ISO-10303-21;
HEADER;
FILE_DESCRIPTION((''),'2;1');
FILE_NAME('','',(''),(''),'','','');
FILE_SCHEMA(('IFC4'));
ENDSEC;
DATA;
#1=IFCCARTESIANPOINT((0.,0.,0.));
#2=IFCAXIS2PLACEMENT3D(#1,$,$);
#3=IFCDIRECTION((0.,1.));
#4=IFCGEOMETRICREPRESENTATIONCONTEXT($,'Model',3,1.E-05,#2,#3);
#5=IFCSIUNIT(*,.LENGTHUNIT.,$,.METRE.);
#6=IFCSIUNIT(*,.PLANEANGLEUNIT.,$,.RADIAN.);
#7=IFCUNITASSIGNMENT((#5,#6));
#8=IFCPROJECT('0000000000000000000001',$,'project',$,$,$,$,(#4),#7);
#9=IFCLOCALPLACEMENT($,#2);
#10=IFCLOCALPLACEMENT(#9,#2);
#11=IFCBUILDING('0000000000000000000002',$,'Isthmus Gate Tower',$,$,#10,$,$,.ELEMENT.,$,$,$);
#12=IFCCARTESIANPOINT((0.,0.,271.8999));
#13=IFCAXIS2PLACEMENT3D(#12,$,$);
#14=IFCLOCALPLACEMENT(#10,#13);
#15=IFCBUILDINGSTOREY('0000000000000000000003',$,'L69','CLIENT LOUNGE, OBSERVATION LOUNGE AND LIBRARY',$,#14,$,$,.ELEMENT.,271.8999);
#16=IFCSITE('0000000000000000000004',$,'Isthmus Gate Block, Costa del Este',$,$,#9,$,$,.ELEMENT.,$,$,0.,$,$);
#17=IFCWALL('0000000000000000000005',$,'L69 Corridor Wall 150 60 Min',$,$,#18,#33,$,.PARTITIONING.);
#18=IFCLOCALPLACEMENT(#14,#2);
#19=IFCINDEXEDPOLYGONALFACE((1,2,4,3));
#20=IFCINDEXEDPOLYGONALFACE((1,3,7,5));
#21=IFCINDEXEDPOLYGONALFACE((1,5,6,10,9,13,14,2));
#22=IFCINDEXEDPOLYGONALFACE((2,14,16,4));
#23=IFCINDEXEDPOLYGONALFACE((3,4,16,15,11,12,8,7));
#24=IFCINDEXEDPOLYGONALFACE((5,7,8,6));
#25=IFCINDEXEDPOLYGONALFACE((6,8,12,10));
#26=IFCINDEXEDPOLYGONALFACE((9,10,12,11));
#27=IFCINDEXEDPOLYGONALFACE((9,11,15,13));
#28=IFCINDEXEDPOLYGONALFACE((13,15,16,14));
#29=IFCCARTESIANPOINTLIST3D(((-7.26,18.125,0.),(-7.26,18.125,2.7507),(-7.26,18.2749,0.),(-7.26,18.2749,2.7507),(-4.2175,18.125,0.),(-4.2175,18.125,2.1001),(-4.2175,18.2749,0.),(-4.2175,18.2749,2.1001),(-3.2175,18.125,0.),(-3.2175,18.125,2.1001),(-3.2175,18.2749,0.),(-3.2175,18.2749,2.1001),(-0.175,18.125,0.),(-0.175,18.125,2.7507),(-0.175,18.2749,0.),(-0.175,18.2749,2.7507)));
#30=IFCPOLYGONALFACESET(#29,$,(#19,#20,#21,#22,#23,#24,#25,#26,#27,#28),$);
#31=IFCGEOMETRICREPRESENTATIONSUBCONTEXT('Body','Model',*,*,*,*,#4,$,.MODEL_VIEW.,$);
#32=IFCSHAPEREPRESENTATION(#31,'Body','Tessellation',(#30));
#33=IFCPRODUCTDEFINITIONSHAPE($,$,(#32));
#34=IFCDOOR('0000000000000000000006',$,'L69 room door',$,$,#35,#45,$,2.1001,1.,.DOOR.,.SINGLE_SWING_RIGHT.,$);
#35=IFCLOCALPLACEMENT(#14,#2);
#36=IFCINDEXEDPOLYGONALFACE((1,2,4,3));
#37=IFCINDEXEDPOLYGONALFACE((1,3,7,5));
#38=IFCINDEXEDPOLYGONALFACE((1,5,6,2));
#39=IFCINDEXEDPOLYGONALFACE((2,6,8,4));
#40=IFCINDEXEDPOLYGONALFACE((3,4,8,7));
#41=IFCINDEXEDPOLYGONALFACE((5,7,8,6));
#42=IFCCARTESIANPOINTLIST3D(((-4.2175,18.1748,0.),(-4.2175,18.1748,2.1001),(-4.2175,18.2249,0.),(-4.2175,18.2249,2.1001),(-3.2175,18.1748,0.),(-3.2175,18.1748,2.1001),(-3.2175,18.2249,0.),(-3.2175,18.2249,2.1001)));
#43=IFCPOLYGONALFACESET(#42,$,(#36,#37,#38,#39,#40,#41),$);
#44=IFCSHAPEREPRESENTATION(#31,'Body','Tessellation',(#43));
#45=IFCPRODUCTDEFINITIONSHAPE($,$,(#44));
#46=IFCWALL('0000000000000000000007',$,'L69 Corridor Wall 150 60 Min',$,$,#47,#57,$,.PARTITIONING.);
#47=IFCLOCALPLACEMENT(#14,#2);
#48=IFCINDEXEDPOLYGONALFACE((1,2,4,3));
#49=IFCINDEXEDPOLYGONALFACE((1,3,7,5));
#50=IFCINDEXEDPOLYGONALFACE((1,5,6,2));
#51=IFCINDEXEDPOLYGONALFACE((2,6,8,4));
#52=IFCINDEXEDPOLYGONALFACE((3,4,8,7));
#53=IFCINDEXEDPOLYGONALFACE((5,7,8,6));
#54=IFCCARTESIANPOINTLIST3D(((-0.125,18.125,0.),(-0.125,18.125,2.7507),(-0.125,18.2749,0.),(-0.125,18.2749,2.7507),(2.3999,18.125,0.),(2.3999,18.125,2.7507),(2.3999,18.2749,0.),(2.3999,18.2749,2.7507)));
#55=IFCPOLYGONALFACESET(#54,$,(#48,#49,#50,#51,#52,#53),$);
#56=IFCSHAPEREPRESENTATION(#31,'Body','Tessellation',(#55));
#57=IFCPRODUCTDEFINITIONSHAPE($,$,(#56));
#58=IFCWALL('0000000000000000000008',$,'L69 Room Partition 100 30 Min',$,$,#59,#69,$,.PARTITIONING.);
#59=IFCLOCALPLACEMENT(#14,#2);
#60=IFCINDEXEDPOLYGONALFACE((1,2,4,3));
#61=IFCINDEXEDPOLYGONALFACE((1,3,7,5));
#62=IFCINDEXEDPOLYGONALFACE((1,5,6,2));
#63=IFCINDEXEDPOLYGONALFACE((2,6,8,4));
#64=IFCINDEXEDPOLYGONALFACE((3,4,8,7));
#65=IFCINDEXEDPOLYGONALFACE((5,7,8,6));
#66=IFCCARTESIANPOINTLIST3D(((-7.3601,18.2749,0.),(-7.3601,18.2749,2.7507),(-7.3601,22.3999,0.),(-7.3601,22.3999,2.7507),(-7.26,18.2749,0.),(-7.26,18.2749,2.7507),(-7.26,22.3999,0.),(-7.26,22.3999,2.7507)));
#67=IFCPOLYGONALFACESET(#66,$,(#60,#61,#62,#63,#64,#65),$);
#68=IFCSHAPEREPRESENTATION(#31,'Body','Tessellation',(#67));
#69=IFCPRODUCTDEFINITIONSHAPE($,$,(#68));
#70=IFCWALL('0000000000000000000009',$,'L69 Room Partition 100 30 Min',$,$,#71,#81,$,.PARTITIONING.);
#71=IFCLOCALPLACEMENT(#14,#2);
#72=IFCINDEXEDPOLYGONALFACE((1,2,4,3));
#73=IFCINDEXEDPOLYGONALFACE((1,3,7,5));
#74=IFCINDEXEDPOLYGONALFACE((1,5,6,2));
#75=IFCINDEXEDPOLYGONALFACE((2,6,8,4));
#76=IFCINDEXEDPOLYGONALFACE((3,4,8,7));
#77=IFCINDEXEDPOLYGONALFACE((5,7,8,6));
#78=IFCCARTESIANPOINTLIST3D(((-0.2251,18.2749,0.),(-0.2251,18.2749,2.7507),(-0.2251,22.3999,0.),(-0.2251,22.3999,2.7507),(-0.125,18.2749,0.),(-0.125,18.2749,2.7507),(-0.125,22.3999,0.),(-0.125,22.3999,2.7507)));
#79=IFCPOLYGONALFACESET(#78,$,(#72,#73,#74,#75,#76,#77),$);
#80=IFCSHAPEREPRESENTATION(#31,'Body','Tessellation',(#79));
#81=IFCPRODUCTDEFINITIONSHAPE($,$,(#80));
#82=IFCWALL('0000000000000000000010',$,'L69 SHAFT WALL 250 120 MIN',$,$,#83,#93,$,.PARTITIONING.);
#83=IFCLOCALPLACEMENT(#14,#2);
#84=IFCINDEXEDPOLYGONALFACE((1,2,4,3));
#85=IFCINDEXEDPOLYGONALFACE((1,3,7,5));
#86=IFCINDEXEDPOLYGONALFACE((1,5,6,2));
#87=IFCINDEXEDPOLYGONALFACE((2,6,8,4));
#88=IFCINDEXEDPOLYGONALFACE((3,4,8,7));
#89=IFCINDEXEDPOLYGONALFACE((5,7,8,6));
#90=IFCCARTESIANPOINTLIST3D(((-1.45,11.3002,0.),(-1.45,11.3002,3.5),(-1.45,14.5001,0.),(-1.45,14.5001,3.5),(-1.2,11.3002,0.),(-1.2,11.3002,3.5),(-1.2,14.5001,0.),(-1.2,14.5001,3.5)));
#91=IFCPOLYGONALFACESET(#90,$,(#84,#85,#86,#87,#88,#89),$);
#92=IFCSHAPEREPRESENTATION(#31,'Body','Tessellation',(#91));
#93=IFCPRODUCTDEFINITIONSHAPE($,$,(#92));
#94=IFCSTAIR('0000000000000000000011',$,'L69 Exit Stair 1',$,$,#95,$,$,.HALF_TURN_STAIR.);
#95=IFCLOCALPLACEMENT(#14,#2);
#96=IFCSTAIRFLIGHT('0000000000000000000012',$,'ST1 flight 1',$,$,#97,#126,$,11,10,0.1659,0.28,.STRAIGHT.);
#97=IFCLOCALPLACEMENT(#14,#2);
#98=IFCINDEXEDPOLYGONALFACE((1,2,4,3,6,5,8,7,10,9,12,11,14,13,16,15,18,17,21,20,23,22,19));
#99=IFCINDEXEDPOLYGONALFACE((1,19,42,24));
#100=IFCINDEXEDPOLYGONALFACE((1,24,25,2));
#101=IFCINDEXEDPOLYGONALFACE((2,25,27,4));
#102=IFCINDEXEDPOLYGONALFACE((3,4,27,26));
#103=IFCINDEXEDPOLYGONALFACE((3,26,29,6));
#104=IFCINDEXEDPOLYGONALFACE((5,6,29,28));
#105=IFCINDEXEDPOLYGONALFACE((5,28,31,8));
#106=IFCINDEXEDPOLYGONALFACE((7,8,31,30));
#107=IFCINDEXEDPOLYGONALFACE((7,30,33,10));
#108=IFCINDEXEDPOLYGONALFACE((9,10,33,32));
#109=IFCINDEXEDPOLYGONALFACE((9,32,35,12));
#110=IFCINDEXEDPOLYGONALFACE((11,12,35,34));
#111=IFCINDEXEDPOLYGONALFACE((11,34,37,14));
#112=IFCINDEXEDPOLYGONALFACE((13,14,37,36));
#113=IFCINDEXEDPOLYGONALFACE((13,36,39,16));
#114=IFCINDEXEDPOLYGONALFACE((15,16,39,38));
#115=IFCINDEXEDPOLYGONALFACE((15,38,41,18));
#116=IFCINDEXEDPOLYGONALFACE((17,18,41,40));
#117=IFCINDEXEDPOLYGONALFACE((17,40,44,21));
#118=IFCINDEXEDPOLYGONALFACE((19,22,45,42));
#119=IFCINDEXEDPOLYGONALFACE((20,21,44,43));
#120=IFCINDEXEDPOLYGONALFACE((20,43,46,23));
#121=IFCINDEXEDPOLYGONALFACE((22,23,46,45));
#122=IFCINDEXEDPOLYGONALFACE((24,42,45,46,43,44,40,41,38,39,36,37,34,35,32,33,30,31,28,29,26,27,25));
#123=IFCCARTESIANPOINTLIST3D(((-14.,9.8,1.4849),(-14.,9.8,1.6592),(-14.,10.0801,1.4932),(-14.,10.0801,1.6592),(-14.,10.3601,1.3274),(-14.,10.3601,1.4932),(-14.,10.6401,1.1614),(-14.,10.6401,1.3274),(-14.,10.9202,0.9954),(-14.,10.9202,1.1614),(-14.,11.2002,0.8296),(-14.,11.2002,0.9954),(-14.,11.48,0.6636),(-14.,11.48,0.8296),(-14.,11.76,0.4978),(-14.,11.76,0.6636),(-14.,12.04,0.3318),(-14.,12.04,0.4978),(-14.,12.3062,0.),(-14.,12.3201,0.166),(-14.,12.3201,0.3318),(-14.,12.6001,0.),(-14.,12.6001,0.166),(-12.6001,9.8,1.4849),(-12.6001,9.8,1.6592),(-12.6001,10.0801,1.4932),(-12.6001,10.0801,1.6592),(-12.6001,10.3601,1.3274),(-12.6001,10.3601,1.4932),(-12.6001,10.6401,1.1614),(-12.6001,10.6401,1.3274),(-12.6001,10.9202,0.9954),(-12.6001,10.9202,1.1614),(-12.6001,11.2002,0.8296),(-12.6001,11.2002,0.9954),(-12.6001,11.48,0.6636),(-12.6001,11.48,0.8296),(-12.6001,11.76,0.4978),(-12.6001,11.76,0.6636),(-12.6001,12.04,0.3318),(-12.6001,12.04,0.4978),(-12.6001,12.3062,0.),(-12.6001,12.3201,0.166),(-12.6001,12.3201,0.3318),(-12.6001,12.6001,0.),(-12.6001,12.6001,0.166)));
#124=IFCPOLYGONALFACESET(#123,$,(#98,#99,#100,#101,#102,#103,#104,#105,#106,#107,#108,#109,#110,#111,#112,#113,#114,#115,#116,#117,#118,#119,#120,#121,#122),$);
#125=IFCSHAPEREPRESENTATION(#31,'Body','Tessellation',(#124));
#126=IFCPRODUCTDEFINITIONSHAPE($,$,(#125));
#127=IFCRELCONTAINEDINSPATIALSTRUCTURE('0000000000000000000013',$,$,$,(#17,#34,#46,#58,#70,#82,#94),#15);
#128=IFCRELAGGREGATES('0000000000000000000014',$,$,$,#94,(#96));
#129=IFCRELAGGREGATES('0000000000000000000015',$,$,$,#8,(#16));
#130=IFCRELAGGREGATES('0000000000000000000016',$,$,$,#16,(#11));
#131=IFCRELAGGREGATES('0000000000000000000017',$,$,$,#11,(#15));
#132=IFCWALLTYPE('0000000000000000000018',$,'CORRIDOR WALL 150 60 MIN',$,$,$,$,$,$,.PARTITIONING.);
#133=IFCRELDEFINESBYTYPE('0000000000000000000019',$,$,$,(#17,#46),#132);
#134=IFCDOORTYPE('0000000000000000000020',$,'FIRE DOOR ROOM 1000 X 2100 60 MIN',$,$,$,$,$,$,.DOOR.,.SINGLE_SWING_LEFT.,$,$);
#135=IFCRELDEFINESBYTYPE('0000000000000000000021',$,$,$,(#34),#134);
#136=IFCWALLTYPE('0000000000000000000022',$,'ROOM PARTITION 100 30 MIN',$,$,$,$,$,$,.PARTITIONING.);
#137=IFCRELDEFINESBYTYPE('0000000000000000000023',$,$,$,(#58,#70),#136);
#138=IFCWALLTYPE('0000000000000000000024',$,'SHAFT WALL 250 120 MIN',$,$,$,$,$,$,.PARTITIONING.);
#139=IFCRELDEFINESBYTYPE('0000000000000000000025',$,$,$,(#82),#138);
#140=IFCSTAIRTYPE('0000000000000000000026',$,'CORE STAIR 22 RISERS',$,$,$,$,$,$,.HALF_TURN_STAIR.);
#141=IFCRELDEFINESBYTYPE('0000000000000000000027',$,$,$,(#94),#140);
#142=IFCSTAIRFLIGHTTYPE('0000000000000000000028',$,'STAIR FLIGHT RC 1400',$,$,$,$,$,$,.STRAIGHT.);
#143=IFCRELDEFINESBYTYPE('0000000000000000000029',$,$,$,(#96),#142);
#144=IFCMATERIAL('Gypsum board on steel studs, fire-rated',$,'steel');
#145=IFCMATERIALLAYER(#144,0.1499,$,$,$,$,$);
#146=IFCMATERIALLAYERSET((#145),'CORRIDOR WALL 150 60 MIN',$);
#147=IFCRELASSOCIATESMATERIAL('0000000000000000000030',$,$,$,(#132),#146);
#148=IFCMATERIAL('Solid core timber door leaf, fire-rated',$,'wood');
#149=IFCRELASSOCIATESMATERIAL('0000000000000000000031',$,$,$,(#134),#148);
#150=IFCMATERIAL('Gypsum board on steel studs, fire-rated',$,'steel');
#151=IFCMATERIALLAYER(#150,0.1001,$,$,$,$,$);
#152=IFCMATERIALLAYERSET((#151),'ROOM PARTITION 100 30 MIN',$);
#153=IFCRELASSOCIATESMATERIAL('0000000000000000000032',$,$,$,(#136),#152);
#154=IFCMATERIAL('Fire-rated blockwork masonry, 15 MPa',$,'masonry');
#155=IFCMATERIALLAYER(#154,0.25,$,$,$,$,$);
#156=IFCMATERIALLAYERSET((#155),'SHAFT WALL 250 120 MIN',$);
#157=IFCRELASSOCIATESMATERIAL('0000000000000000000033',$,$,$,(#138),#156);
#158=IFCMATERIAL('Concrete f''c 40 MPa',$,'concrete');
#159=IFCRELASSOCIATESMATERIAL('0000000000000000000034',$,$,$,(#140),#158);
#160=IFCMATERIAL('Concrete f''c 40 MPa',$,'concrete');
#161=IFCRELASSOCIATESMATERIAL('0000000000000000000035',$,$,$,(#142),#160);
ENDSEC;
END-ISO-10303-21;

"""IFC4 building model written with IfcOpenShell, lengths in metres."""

from ifc_helpers import new_model, si_unit, direction, frame, frame_2d, origin, place, context, subcontext, project, spatial, polyline, rectangle, outline, extrude, material, layer, layer_set, type_object, element, fill, aggregate, save


model = new_model("IFC4")

# Units and contexts
model_context = context("Model", 3, precision=1e-05, world=origin(), true_north=direction((0.0, 1.0)))
body_context = subcontext(model_context, "Body", "Model", "MODEL_VIEW")
ifc_project = project(units=[si_unit("LENGTHUNIT", "METRE"), si_unit("PLANEANGLEUNIT", "RADIAN")], contexts=[model_context])

# Site, building, storey
site_placement = place(None, origin())
site = spatial("IfcSite", under=ifc_project, at=site_placement, Name="Isthmus Gate Block, Costa del Este", CompositionType="ELEMENT", RefElevation=0.0)
building_placement = place(site_placement, origin())
building = spatial("IfcBuilding", under=site, at=building_placement, Name="Isthmus Gate Tower", CompositionType="ELEMENT")
storey_placement = place(building_placement, frame((0.0, 0.0, 271.8999)))
storey = spatial("IfcBuildingStorey", under=building, at=storey_placement, Name="L69", Description="CLIENT LOUNGE, OBSERVATION LOUNGE AND LIBRARY", CompositionType="ELEMENT", Elevation=271.8999)

# Wall, opening, door
ifc_material_1 = material(Name="Gypsum board on steel studs, fire-rated", Category="steel")
ifc_layer_1 = layer(ifc_material_1, 0.1499)
ifc_layer_set_1 = layer_set([ifc_layer_1], Name="CORRIDOR WALL 150 60 MIN")
wall_type_1 = type_object("IfcWallType", Name="CORRIDOR WALL 150 60 MIN", PredefinedType="PARTITIONING", material=ifc_layer_set_1)
wall_1_placement = place(storey_placement, frame((-7.26, 18.2, 0.0), z_axis=(0.0, 0.0, 1.0), x_axis=(1.0, 0.0, 0.0)))
wall_1 = element("IfcWall", 1, at=wall_1_placement, inside=storey, type_object=wall_type_1, Name="L69 Corridor Wall 150 60 Min", PredefinedType="PARTITIONING", context=body_context, shape_type="SweptSolid", body=[
    extrude(rectangle(XDim=7.085, YDim=0.1499, at=frame_2d((3.5425, 0.0))), origin(), (0.0, 0.0, 1.0), 2.7507),
])
opening_placement = place(wall_1_placement, frame((3.0425, 0.0, 0.0)))
opening = element("IfcOpeningElement", 2, at=opening_placement, cuts=wall_1, PredefinedType="OPENING", context=body_context, shape_type="SweptSolid", body=[
    extrude(rectangle(XDim=1.0, YDim=2.1001, at=frame_2d((0.5, 1.05))), frame((0.0, 0.085, 0.0), z_axis=(0.0, -1.0, 0.0), x_axis=(1.0, 0.0, 0.0)), (0.0, 0.0, 1.0), 0.1699),
])
ifc_material_2 = material(Name="Solid core timber door leaf, fire-rated", Category="wood")
door_type = type_object("IfcDoorType", Name="FIRE DOOR ROOM 1000 X 2100 60 MIN", OperationType="SINGLE_SWING_LEFT", PredefinedType="DOOR", material=ifc_material_2)
door_placement = place(opening_placement, origin())
door = element("IfcDoor", 3, at=door_placement, inside=storey, type_object=door_type, Name="L69 room door", OperationType="SINGLE_SWING_RIGHT", OverallHeight=2.1001, OverallWidth=1.0, PredefinedType="DOOR", context=body_context, shape_type="SweptSolid", body=[
    extrude(rectangle(XDim=1.0, YDim=2.1001, at=frame_2d((0.5, 1.05))), frame((0.0, 0.0249, 0.0), z_axis=(0.0, -1.0, 0.0), x_axis=(1.0, 0.0, 0.0)), (0.0, 0.0, 1.0), 0.05),
])
fill(opening, door)

# Walls
wall_2_placement = place(storey_placement, frame((-0.125, 18.2, 0.0), z_axis=(0.0, 0.0, 1.0), x_axis=(1.0, 0.0, 0.0)))
element("IfcWall", 4, at=wall_2_placement, inside=storey, type_object=wall_type_1, Name="L69 Corridor Wall 150 60 Min", PredefinedType="PARTITIONING", context=body_context, shape_type="SweptSolid", body=[
    extrude(rectangle(XDim=2.5249, YDim=0.1499, at=frame_2d((1.2625, 0.0))), origin(), (0.0, 0.0, 1.0), 2.7507),
])
ifc_material_3 = material(Name="Gypsum board on steel studs, fire-rated", Category="steel")
ifc_layer_2 = layer(ifc_material_3, 0.1001)
ifc_layer_set_2 = layer_set([ifc_layer_2], Name="ROOM PARTITION 100 30 MIN")
wall_type_2 = type_object("IfcWallType", Name="ROOM PARTITION 100 30 MIN", PredefinedType="PARTITIONING", material=ifc_layer_set_2)
for number, where, z_axis, x_axis, name in (
    (5, (-7.3101, 18.2749, 0.0), (0.0, 0.0, 1.0), (0.0, 1.0, 0.0), "L69 Room Partition 100 30 Min"),
    (6, (-0.175, 18.2749, 0.0), (0.0, 0.0, 1.0), (0.0, 1.0, 0.0), "L69 Room Partition 100 30 Min"),
):
    element("IfcWall", number, at=place(storey_placement, frame(where, z_axis=z_axis, x_axis=x_axis)), inside=storey, type_object=wall_type_2, Name=name, PredefinedType="PARTITIONING", context=body_context, shape_type="SweptSolid", body=[
        extrude(rectangle(XDim=4.125, YDim=0.1001, at=frame_2d((2.0625, 0.0))), origin(), (0.0, 0.0, 1.0), 2.7507),
    ])
ifc_material_4 = material(Name="Fire-rated blockwork masonry, 15 MPa", Category="masonry")
ifc_layer_3 = layer(ifc_material_4, 0.25)
ifc_layer_set_3 = layer_set([ifc_layer_3], Name="SHAFT WALL 250 120 MIN")
wall_type_3 = type_object("IfcWallType", Name="SHAFT WALL 250 120 MIN", PredefinedType="PARTITIONING", material=ifc_layer_set_3)
wall_3_placement = place(storey_placement, frame((-1.325, 11.3, 0.0), z_axis=(0.0, 0.0, 1.0), x_axis=(0.0, 1.0, 0.0)))
element("IfcWall", 7, at=wall_3_placement, inside=storey, type_object=wall_type_3, Name="L69 SHAFT WALL 250 120 MIN", PredefinedType="PARTITIONING", context=body_context, shape_type="SweptSolid", body=[
    extrude(rectangle(XDim=3.2, YDim=0.25, at=frame_2d((1.6001, 0.0))), origin(), (0.0, 0.0, 1.0), 3.5),
])

# Stair, stair flight
ifc_material_5 = material(Name="Concrete f'c 40 MPa", Category="concrete")
stair_type = type_object("IfcStairType", Name="CORE STAIR 22 RISERS", PredefinedType="HALF_TURN_STAIR", material=ifc_material_5)
stair_placement = place(storey_placement, origin())
stair = element("IfcStair", 8, at=stair_placement, inside=storey, type_object=stair_type, Name="L69 Exit Stair 1", PredefinedType="HALF_TURN_STAIR")
ifc_material_6 = material(Name="Concrete f'c 40 MPa", Category="concrete")
stair_flight_type = type_object("IfcStairFlightType", Name="STAIR FLIGHT RC 1400", PredefinedType="STRAIGHT", material=ifc_material_6)
stair_flight_placement = place(storey_placement, frame((-13.3, 12.6001, 0.0), z_axis=(0.0, 0.0, 1.0), x_axis=(0.0, -1.0, 0.0)))
stair_flight = element("IfcStairFlight", 9, at=stair_flight_placement, type_object=stair_flight_type, Name="ST1 flight 1", NumberOfRisers=11, NumberOfTreads=10, PredefinedType="STRAIGHT", RiserHeight=0.1659, TreadLength=0.28, context=body_context, shape_type="SweptSolid", body=[
    extrude(outline(polyline([(0.0, 0.0), (0.0, 0.166), (0.28, 0.166), (0.28, 0.3318), (0.5601, 0.3318), (0.5601, 0.4978), (0.8401, 0.4978), (0.8401, 0.6636), (1.1201, 0.6636), (1.1201, 0.8296), (1.3999, 0.8296), (1.3999, 0.9954), (1.6799, 0.9954), (1.6799, 1.1614), (1.96, 1.1614), (1.96, 1.3274), (2.24, 1.3274), (2.24, 1.4932), (2.52, 1.4932), (2.52, 1.6592), (2.8, 1.6592), (2.8, 1.825), (2.8, 1.4849), (0.2939, 0.0), (0.0, 0.0)])), frame((0.0, 0.7, 0.0), z_axis=(0.0, -1.0, 0.0), x_axis=(1.0, 0.0, 0.0)), (0.0, 0.0, 1.0), 1.3999),
])
aggregate(stair, [stair_flight])

save(model, "model.ifc")
